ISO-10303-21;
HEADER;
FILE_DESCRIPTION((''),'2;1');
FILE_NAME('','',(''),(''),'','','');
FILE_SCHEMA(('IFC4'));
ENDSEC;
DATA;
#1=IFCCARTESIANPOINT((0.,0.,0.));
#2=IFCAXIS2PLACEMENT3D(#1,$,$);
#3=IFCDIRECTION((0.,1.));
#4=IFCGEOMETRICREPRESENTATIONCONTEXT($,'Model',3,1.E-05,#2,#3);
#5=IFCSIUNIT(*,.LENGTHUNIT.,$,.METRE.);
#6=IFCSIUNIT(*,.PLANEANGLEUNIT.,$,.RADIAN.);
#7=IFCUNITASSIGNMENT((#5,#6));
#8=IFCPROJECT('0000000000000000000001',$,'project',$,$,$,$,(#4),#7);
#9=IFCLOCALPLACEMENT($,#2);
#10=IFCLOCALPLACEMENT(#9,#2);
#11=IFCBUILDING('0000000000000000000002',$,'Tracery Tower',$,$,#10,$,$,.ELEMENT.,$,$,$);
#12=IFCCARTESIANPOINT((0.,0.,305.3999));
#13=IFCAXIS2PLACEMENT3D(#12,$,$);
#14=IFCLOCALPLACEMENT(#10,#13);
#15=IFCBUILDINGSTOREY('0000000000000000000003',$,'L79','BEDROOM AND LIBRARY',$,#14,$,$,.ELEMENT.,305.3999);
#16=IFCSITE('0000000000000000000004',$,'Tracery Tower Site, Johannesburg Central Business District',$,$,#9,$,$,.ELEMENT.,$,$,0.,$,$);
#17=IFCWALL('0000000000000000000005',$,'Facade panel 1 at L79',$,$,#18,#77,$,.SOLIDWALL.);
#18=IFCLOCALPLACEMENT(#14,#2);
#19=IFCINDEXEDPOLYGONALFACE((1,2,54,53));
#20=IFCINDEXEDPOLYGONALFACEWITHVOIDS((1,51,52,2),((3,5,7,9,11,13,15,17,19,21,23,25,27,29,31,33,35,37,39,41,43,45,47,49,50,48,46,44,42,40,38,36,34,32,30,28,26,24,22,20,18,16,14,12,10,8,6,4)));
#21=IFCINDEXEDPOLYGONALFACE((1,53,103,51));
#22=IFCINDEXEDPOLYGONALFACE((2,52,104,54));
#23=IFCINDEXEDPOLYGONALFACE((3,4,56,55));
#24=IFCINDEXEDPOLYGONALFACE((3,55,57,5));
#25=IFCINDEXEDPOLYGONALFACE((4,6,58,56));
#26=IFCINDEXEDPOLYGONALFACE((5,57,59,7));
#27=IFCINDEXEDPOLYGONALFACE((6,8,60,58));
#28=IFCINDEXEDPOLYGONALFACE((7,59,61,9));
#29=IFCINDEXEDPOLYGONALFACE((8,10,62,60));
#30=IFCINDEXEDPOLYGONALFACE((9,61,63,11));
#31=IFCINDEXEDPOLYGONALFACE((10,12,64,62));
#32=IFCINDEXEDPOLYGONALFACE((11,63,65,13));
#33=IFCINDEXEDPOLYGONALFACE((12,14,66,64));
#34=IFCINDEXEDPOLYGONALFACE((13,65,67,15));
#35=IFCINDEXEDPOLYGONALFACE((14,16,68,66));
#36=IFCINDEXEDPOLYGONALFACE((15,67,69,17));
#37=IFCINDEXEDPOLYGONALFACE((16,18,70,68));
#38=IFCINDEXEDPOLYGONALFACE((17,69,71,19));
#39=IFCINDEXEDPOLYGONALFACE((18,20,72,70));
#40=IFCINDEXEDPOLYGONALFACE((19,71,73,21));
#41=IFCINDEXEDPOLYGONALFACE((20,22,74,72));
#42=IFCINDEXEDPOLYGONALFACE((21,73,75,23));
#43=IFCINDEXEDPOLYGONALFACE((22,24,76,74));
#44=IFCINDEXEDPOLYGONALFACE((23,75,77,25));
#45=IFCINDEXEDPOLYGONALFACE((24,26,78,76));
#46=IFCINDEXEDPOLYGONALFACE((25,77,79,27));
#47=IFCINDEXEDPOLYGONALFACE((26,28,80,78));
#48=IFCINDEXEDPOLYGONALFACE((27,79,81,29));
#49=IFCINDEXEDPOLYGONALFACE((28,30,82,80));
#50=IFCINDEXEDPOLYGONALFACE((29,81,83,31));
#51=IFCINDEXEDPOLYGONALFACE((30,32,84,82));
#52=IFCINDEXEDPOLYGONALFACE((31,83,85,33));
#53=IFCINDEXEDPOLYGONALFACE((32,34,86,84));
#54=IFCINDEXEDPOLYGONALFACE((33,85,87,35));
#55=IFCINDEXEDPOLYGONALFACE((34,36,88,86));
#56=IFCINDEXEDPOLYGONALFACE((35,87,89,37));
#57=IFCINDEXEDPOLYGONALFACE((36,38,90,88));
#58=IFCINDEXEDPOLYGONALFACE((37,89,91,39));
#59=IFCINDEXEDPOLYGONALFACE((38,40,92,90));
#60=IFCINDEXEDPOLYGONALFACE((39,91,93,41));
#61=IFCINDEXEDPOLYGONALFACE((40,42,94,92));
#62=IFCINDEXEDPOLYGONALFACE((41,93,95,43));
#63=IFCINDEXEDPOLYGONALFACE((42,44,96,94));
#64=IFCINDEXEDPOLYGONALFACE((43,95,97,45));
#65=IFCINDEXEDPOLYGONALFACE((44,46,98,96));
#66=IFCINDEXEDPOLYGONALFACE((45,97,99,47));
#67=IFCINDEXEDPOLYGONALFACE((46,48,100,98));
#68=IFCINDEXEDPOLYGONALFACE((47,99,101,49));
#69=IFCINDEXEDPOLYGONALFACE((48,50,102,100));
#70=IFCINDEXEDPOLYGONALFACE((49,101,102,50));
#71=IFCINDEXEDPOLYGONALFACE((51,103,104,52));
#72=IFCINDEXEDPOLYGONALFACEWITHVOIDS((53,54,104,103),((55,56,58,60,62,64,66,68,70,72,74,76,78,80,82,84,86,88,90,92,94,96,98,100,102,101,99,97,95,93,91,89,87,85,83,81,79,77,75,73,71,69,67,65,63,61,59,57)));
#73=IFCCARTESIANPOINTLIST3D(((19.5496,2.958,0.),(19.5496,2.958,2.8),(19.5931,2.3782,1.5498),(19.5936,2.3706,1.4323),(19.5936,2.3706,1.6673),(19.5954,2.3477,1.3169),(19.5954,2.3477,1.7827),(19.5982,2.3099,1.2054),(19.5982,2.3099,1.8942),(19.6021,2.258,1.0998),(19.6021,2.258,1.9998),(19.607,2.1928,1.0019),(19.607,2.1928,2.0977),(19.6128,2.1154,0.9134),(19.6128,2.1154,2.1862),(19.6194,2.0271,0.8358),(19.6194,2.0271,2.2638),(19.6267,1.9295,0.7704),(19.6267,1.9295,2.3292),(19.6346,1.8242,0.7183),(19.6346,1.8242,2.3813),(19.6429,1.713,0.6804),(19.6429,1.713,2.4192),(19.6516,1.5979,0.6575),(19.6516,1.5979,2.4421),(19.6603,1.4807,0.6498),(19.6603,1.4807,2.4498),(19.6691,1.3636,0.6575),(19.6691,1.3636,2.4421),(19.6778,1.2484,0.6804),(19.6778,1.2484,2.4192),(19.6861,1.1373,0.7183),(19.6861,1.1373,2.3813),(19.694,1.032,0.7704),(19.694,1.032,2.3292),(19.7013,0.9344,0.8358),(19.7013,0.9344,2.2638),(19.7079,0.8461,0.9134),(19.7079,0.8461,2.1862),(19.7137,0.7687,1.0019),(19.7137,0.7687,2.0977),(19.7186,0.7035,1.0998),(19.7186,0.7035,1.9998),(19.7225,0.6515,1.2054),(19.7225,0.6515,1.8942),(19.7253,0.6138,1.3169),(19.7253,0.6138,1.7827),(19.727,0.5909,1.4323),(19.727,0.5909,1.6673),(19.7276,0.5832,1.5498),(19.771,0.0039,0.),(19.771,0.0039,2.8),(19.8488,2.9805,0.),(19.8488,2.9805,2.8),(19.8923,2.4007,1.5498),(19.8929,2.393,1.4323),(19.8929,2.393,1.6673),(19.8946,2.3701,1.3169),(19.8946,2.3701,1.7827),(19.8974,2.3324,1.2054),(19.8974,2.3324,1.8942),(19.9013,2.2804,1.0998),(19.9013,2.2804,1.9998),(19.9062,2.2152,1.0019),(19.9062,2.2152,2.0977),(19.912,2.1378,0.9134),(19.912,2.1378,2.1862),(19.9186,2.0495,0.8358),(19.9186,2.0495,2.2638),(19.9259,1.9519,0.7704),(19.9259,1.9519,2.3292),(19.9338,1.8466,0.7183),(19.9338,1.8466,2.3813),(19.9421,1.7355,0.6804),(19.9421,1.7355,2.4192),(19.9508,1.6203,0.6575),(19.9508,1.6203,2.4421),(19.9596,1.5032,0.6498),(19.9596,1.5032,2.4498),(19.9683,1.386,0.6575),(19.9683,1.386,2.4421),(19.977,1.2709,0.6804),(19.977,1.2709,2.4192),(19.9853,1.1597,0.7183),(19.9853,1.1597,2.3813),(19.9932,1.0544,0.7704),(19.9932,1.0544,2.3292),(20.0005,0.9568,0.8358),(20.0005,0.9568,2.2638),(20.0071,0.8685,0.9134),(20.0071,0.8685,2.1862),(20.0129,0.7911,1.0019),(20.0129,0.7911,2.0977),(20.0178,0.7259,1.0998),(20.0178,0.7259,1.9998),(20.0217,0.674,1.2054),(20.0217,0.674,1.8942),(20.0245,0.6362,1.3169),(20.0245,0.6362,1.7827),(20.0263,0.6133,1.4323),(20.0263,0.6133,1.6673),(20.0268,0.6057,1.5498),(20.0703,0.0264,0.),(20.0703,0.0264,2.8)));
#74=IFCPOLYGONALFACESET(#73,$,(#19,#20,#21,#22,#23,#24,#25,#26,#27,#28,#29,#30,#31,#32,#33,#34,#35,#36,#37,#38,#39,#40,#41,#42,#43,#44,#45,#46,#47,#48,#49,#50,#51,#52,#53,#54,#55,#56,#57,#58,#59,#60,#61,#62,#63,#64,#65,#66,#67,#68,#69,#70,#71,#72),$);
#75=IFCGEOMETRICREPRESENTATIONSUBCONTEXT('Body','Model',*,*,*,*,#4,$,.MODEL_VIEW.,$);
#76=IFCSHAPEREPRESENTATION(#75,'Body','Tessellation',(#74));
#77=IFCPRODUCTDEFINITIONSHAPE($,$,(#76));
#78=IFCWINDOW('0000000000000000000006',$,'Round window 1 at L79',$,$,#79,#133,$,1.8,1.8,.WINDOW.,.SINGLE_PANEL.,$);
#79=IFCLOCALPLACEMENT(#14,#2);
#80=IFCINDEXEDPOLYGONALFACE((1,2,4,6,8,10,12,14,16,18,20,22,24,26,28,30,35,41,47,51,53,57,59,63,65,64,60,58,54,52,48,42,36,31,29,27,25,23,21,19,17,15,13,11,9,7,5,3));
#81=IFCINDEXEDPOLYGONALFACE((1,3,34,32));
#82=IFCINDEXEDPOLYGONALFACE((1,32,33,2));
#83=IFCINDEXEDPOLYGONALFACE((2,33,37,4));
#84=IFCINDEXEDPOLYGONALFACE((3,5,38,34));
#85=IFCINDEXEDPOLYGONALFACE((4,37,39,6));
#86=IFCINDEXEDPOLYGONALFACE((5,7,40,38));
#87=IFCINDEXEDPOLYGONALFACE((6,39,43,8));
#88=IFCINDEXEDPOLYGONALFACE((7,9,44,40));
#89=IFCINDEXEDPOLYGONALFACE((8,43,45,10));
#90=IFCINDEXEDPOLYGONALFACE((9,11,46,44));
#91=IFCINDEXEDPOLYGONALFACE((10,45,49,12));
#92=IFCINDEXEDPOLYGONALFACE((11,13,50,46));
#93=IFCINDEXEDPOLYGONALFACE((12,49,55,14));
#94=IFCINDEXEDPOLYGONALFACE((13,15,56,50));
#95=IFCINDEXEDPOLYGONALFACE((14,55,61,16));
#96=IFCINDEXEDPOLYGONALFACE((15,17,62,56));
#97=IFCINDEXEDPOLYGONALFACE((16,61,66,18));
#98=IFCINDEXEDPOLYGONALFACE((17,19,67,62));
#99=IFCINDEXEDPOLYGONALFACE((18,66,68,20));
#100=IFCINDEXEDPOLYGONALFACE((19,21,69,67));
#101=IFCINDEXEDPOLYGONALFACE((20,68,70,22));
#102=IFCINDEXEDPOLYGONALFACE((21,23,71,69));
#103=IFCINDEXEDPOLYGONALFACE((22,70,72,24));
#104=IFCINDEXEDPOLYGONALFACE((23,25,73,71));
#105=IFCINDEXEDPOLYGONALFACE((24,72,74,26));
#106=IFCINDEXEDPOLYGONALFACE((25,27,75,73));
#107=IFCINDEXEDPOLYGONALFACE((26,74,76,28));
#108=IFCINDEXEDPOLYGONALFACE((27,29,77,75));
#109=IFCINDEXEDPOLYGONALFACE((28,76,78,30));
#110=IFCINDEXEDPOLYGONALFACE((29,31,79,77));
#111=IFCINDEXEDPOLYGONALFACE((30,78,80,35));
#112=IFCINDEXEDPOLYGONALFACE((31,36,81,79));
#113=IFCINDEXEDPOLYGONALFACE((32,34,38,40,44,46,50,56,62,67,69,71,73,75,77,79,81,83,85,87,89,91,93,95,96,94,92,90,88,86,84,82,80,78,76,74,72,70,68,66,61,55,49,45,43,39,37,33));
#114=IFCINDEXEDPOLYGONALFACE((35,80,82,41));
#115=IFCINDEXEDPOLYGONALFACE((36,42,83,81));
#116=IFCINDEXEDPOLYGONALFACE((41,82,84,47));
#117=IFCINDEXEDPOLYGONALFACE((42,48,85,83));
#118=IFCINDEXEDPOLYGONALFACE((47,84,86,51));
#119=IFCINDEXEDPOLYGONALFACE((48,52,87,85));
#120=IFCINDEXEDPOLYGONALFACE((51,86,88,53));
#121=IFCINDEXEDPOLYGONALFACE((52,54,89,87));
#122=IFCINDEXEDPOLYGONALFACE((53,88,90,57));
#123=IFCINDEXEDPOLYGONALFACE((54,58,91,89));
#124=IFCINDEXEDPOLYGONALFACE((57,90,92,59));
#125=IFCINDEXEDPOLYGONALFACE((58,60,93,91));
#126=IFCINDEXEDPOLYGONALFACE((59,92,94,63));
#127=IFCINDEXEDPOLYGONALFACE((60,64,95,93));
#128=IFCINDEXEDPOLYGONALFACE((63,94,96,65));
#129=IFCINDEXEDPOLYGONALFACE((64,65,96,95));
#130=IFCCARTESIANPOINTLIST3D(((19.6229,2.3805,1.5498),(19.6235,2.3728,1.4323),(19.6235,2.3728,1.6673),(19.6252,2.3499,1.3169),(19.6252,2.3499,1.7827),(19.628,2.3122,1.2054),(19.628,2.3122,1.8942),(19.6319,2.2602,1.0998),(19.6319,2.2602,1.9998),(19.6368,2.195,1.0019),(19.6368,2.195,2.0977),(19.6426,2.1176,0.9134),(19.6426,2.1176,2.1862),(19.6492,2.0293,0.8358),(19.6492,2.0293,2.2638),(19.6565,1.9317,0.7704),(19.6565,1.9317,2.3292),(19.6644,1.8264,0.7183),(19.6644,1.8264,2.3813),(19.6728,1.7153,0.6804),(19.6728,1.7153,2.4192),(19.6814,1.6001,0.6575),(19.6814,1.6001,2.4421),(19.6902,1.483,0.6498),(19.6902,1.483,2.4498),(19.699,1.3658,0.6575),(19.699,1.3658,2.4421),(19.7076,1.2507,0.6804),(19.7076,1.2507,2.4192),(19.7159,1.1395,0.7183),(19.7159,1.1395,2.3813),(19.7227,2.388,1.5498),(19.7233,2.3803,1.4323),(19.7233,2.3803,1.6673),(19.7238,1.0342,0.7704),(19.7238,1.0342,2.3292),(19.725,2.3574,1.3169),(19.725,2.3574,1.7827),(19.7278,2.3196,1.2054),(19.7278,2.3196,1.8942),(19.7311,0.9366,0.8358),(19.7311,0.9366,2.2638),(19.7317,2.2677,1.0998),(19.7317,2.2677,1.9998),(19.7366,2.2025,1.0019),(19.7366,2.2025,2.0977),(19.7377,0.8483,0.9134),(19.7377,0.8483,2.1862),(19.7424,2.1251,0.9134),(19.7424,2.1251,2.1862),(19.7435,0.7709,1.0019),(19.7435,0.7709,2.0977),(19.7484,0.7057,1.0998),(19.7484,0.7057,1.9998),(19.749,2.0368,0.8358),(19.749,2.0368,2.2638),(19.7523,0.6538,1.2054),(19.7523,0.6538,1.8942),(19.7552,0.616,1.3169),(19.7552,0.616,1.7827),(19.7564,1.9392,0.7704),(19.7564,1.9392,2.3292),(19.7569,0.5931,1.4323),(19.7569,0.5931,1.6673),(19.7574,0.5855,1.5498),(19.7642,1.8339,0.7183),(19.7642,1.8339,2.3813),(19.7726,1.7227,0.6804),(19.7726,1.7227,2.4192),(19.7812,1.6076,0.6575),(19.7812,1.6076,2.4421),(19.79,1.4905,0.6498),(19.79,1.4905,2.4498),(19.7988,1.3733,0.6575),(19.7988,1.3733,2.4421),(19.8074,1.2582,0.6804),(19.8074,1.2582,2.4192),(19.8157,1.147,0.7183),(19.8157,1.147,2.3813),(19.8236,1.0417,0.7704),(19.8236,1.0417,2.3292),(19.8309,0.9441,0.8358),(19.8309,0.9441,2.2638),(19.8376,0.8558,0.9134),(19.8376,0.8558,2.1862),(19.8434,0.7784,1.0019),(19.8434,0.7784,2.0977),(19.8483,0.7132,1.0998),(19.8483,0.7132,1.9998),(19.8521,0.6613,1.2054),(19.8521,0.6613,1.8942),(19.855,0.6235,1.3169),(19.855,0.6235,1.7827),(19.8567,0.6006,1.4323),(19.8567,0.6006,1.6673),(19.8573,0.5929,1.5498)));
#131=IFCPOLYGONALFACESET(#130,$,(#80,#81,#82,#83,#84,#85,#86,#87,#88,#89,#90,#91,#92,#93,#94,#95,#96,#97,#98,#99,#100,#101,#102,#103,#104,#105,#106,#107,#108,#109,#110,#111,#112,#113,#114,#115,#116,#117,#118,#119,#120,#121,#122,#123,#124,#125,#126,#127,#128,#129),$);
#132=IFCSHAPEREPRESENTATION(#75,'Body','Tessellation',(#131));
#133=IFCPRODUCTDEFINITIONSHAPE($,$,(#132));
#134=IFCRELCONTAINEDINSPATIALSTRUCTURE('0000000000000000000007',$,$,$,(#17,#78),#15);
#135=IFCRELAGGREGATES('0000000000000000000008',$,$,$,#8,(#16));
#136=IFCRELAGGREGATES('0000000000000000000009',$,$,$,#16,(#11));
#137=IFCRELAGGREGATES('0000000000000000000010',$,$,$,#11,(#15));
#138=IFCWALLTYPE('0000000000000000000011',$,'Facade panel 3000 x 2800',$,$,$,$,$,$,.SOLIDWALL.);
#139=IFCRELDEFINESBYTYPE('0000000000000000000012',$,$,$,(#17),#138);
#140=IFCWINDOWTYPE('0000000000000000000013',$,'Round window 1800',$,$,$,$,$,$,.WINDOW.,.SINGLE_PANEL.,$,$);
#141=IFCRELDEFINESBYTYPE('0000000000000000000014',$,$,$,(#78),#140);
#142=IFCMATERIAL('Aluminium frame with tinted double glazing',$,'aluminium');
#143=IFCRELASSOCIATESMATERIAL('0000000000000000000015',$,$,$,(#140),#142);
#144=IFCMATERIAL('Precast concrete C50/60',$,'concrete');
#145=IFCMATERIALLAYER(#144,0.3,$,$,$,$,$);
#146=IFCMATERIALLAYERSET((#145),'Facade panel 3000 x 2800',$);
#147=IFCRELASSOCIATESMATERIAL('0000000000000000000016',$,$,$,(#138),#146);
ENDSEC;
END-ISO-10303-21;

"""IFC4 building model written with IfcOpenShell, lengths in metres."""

from ifc_helpers import new_model, si_unit, direction, frame, frame_2d, origin, origin_2d, place, context, subcontext, project, spatial, rectangle, circle, extrude, material, layer, layer_set, type_object, element, fill, save


model = new_model("IFC4")

# Units and contexts
model_context = context("Model", 3, precision=1e-05, world=origin(), true_north=direction((0.0, 1.0)))
body_context = subcontext(model_context, "Body", "Model", "MODEL_VIEW")
ifc_project = project(units=[si_unit("LENGTHUNIT", "METRE"), si_unit("PLANEANGLEUNIT", "RADIAN")], contexts=[model_context])

# Site, building, storey
site_placement = place(None, origin())
site = spatial("IfcSite", under=ifc_project, at=site_placement, Name="Tracery Tower Site, Johannesburg Central Business District", CompositionType="ELEMENT", RefElevation=0.0)
building_placement = place(site_placement, origin())
building = spatial("IfcBuilding", under=site, at=building_placement, Name="Tracery Tower", CompositionType="ELEMENT")
storey_placement = place(building_placement, frame((0.0, 0.0, 305.3999)))
storey = spatial("IfcBuildingStorey", under=building, at=storey_placement, Name="L79", Description="BEDROOM AND LIBRARY", CompositionType="ELEMENT", Elevation=305.3999)

# Wall, opening, window
ifc_material_1 = material(Name="Aluminium frame with tinted double glazing", Category="aluminium")
window_type = type_object("IfcWindowType", Name="Round window 1800", PartitioningType="SINGLE_PANEL", PredefinedType="WINDOW", material=ifc_material_1)
ifc_material_2 = material(Name="Precast concrete C50/60", Category="concrete")
ifc_layer_1 = layer(ifc_material_2, 0.3)
ifc_layer_set_1 = layer_set([ifc_layer_1], Name="Facade panel 3000 x 2800")
wall_type_1 = type_object("IfcWallType", Name="Facade panel 3000 x 2800", PredefinedType="SOLIDWALL", material=ifc_layer_set_1)
wall_1_placement = place(storey_placement, frame((19.9207, 0.0151, 0.0), z_axis=(0.0, 0.0, 1.0), x_axis=(-0.074749, 0.997202, 0.0)))
wall_1 = element("IfcWall", 1, at=wall_1_placement, inside=storey, type_object=wall_type_1, Name="Facade panel 1 at L79", PredefinedType="SOLIDWALL", context=body_context, shape_type="SweptSolid", body=[
    extrude(rectangle(XDim=2.9624, YDim=0.3, at=frame_2d((1.4812, 0.0))), origin(), (0.0, 0.0, 1.0), 2.8),
])
opening_1_placement = place(wall_1_placement, frame((1.481, 0.0, 1.5498)))
opening_1 = element("IfcOpeningElement", 2, at=opening_1_placement, cuts=wall_1, PredefinedType="OPENING", context=body_context, shape_type="SweptSolid", body=[
    extrude(circle(Radius=0.9, at=origin_2d()), frame((0.0, 0.1599, 0.0), z_axis=(0.0, -1.0, 0.0), x_axis=(1.0, 0.0, 0.0)), (0.0, 0.0, 1.0), 0.3201),
])
window_1_placement = place(opening_1_placement, origin())
window_1 = element("IfcWindow", 3, at=window_1_placement, inside=storey, type_object=window_type, Name="Round window 1 at L79", OverallHeight=1.8, OverallWidth=1.8, PartitioningType="SINGLE_PANEL", PredefinedType="WINDOW", context=body_context, shape_type="SweptSolid", body=[
    extrude(circle(Radius=0.9, at=origin_2d()), frame((0.0, 0.1201, 0.0), z_axis=(0.0, -1.0, 0.0), x_axis=(1.0, 0.0, 0.0)), (0.0, 0.0, 1.0), 0.1001),
])
fill(opening_1, window_1)

save(model, "model.ifc")
